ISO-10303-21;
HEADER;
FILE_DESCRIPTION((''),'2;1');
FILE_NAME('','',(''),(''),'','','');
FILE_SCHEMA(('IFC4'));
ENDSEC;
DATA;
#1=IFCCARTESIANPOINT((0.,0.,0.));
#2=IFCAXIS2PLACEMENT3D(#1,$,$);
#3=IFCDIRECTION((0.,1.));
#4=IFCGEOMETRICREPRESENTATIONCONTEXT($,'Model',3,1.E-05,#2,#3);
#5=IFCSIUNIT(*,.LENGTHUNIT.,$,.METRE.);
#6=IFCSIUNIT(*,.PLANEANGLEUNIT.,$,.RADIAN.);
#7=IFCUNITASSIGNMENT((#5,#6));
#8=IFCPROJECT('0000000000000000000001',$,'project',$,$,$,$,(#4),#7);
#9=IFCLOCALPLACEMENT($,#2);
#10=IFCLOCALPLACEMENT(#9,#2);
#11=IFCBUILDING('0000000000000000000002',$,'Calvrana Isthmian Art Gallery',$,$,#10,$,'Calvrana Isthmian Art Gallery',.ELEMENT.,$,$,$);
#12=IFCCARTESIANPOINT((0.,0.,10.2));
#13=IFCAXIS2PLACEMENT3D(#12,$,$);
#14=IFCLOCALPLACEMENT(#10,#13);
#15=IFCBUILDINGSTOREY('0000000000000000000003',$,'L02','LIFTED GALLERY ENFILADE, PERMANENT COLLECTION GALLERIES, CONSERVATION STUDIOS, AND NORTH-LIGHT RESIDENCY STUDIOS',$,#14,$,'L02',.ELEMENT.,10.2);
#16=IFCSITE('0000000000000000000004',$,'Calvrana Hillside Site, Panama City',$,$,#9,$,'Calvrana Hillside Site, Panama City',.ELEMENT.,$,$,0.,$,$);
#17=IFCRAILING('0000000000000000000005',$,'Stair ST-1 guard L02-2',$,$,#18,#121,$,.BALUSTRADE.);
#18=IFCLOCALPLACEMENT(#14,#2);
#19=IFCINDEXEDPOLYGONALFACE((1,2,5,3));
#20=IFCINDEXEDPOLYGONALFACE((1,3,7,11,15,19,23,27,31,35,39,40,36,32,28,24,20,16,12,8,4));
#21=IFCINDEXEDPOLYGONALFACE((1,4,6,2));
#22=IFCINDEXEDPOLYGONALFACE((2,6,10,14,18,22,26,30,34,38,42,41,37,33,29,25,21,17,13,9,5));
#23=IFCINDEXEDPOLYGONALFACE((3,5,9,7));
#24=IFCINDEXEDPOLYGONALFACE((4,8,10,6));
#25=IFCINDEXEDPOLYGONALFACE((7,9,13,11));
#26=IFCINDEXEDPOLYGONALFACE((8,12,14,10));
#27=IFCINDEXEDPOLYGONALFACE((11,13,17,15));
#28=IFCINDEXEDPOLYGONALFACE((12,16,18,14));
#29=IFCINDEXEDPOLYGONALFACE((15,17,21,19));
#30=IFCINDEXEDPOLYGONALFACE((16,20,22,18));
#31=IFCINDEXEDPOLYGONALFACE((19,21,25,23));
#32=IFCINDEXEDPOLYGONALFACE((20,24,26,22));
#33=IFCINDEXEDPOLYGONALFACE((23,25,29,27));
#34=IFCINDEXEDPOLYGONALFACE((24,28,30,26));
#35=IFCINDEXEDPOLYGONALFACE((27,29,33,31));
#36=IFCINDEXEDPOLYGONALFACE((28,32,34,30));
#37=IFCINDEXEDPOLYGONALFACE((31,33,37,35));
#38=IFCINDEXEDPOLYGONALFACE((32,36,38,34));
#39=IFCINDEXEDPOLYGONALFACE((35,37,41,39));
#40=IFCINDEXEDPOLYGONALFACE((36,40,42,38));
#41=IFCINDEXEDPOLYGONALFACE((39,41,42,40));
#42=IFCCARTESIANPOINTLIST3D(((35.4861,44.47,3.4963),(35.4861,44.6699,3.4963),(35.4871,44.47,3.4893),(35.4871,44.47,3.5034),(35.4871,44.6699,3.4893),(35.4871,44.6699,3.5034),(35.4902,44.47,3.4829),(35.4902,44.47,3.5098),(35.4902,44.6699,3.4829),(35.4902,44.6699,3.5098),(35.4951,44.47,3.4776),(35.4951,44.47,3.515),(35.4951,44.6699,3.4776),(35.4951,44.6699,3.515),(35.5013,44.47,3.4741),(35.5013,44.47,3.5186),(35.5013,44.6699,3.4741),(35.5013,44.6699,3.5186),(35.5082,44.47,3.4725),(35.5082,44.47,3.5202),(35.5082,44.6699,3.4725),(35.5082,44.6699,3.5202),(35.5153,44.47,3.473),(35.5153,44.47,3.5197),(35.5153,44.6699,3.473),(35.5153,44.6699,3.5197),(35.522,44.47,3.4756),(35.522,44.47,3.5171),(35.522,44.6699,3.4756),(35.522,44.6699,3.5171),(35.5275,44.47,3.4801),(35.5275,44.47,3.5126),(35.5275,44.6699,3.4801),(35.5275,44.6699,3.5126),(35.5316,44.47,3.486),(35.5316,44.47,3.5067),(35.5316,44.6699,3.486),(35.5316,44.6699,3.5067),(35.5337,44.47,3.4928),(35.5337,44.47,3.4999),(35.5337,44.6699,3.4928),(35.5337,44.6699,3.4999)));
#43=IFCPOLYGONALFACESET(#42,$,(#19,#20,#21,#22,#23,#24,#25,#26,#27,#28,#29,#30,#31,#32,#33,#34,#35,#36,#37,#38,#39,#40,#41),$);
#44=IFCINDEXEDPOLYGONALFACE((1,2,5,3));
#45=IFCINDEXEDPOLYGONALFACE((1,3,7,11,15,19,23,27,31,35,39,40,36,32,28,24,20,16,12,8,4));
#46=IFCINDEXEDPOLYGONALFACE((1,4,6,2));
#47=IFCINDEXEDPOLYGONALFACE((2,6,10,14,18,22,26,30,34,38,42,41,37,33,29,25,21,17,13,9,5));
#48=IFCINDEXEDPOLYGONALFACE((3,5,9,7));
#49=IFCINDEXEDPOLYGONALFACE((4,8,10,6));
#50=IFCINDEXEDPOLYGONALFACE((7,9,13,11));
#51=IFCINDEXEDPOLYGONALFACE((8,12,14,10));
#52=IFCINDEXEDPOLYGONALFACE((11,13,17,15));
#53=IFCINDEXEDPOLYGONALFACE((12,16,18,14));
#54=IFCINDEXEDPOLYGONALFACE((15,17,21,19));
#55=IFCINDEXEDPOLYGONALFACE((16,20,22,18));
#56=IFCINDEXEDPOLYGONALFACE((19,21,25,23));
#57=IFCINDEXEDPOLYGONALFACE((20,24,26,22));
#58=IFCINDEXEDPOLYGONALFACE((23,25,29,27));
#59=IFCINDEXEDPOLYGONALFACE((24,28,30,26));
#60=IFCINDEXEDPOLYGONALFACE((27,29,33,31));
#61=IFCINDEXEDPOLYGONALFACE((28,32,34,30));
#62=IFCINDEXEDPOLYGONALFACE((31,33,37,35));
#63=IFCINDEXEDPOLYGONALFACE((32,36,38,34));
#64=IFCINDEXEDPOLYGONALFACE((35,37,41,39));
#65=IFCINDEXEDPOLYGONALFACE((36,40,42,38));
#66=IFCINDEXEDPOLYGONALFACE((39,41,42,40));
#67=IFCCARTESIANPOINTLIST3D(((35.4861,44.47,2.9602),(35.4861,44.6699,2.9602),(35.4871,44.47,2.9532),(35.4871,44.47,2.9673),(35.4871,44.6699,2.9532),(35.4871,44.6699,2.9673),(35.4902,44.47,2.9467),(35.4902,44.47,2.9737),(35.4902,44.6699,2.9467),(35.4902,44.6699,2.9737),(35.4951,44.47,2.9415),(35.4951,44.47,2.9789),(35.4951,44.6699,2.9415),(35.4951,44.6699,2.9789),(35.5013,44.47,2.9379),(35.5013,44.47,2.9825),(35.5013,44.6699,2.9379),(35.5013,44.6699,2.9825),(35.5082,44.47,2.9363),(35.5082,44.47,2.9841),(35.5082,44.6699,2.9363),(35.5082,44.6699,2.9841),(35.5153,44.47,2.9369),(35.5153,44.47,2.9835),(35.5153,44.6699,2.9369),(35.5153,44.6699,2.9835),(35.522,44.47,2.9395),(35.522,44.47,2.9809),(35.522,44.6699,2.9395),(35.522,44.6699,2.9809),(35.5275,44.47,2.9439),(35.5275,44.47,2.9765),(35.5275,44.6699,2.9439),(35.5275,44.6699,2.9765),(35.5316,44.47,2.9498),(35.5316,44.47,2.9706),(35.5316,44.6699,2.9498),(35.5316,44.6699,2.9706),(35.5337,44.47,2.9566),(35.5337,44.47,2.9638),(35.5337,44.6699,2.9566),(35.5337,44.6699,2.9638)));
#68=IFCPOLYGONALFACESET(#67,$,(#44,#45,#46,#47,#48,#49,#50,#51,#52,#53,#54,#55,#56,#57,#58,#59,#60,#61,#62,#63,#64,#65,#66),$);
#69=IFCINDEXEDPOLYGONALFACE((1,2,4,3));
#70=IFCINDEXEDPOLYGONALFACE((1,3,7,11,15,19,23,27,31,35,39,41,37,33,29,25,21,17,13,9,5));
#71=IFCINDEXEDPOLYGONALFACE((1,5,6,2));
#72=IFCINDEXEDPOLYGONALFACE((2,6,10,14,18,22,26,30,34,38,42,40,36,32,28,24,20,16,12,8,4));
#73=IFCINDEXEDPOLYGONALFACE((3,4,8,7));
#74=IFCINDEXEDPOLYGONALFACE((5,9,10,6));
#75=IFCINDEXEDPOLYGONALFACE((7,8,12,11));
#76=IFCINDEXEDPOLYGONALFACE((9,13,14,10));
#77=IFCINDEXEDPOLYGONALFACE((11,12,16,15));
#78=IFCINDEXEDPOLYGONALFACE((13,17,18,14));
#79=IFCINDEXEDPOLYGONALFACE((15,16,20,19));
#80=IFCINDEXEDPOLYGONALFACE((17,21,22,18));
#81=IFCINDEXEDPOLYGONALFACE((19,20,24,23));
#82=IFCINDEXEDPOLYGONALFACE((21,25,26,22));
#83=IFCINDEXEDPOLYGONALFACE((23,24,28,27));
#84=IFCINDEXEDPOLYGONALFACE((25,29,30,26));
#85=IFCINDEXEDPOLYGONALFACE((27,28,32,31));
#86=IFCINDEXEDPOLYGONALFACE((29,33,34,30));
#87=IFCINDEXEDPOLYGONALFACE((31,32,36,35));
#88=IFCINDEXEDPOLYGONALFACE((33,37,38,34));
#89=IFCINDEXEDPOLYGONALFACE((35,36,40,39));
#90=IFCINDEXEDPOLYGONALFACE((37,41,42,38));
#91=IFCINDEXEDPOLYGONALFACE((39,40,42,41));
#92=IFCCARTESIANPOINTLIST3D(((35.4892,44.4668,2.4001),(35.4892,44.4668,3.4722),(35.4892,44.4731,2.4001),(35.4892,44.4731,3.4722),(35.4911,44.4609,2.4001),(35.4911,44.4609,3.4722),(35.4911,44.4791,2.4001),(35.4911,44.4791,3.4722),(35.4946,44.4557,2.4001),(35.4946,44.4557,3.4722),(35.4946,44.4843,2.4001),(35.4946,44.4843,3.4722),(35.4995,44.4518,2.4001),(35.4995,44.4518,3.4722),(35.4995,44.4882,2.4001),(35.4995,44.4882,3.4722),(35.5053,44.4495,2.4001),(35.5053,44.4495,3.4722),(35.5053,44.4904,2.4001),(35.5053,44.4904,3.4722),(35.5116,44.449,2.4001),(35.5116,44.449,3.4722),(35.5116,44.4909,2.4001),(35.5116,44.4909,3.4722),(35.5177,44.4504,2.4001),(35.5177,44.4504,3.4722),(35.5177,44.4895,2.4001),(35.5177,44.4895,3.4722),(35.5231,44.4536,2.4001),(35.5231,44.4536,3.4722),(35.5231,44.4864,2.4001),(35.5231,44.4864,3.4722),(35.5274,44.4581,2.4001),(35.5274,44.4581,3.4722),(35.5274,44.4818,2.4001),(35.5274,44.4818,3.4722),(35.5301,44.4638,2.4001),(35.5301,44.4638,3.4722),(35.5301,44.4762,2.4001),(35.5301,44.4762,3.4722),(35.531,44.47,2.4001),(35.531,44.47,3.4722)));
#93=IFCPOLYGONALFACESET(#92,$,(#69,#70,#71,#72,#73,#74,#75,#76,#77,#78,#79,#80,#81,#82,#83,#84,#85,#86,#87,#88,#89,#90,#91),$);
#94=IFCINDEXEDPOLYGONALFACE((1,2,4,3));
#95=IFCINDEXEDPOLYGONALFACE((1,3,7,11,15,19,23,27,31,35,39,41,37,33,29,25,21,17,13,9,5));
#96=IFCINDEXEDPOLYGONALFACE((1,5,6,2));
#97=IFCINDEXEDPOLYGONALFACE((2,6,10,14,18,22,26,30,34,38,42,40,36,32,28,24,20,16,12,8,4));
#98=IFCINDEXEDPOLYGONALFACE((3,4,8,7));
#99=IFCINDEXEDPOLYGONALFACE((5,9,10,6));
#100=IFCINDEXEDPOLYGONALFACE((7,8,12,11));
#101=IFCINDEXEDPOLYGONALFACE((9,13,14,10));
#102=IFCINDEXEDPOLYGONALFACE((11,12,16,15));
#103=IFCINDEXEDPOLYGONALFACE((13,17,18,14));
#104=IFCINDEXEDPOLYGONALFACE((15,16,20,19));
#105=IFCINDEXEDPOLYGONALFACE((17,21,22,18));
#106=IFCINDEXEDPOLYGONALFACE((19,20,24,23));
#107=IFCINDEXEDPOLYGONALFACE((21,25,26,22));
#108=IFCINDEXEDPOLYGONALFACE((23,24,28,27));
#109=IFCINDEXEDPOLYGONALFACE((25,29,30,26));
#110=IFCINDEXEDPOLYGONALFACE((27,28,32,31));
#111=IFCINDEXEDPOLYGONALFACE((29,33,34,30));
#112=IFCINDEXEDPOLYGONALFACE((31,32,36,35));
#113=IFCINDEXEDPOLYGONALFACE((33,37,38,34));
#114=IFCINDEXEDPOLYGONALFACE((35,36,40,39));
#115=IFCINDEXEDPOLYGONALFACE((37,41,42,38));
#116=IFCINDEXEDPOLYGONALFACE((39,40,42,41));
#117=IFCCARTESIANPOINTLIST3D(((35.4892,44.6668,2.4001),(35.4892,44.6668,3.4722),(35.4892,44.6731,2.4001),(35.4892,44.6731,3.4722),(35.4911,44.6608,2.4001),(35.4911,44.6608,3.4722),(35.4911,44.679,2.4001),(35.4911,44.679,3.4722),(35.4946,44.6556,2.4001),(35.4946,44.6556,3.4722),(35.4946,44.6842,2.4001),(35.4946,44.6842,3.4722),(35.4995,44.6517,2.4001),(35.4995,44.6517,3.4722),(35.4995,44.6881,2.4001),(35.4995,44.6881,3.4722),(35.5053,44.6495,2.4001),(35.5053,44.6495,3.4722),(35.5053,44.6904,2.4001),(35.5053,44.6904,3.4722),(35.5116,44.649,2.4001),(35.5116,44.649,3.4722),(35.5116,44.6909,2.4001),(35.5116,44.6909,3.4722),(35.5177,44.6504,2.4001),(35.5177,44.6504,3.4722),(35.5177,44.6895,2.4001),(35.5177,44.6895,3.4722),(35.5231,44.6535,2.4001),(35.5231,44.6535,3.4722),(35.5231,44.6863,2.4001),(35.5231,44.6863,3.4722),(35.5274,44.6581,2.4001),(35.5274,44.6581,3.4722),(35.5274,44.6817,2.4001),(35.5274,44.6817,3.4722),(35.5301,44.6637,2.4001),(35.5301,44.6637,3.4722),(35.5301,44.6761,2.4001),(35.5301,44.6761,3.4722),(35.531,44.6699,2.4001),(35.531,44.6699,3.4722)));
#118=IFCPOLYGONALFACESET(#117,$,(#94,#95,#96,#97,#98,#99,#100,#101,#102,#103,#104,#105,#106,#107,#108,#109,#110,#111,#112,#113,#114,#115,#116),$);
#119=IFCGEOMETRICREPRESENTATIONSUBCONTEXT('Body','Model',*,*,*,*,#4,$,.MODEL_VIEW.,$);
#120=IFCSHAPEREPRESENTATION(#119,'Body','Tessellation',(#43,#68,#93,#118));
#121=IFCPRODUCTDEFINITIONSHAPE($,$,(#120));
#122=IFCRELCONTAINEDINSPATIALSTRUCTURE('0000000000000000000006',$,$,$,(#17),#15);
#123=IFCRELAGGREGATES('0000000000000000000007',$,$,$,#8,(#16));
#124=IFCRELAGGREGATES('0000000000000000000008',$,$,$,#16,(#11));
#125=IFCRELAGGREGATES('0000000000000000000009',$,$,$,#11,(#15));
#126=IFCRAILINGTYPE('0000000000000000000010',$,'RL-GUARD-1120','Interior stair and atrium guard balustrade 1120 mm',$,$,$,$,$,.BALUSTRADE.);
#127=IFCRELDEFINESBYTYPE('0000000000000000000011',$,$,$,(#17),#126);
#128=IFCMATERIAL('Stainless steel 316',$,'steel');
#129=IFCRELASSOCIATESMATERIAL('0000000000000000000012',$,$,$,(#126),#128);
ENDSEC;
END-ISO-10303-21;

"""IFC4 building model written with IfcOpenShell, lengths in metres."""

from ifc_helpers import new_model, si_unit, direction, frame, origin, origin_2d, place, context, subcontext, project, spatial, circle, extrude, material, type_object, element, save


model = new_model("IFC4")

# Units and contexts
model_context = context("Model", 3, precision=1e-05, world=origin(), true_north=direction((0.0, 1.0)))
body_context = subcontext(model_context, "Body", "Model", "MODEL_VIEW")
ifc_project = project(units=[si_unit("LENGTHUNIT", "METRE"), si_unit("PLANEANGLEUNIT", "RADIAN")], contexts=[model_context])

# Site, building, storey
site_placement = place(None, origin())
site = spatial("IfcSite", under=ifc_project, at=site_placement, Name="Calvrana Hillside Site, Panama City", LongName="Calvrana Hillside Site, Panama City", CompositionType="ELEMENT", RefElevation=0.0)
building_placement = place(site_placement, origin())
building = spatial("IfcBuilding", under=site, at=building_placement, Name="Calvrana Isthmian Art Gallery", LongName="Calvrana Isthmian Art Gallery", CompositionType="ELEMENT")
storey_placement = place(building_placement, frame((0.0, 0.0, 10.2)))
storey = spatial("IfcBuildingStorey", under=building, at=storey_placement, Name="L02", Description="LIFTED GALLERY ENFILADE, PERMANENT COLLECTION GALLERIES, CONSERVATION STUDIOS, AND NORTH-LIGHT RESIDENCY STUDIOS", LongName="L02", CompositionType="ELEMENT", Elevation=10.2)

# Railing
ifc_material_1 = material(Name="Stainless steel 316", Category="steel")
railing_type_1 = type_object("IfcRailingType", Name="RL-GUARD-1120", Description="Interior stair and atrium guard balustrade 1120 mm", PredefinedType="BALUSTRADE", material=ifc_material_1)
railing_1_placement = place(storey_placement, frame((35.51, 44.47, 2.4001)))
element("IfcRailing", 1, at=railing_1_placement, inside=storey, type_object=railing_type_1, Name="Stair ST-1 guard L02-2", PredefinedType="BALUSTRADE", context=body_context, shape_type="SweptSolid", body=[
    extrude(circle(Radius=0.0239, at=origin_2d()), frame((0.0, 0.0, 1.0962), z_axis=(0.0, 1.0, 0.0), x_axis=(-1.0, 0.0, 0.0)), (0.0, 0.0, 1.0), 0.2),
    extrude(circle(Radius=0.0239, at=origin_2d()), frame((0.0, 0.0, 0.5601), z_axis=(0.0, 1.0, 0.0), x_axis=(-1.0, 0.0, 0.0)), (0.0, 0.0, 1.0), 0.2),
    extrude(circle(Radius=0.021, at=origin_2d()), origin(), (0.0, 0.0, 1.0), 1.072),
    extrude(circle(Radius=0.021, at=origin_2d()), frame((0.0, 0.2, 0.0)), (0.0, 0.0, 1.0), 1.072),
])

save(model, "model.ifc")
